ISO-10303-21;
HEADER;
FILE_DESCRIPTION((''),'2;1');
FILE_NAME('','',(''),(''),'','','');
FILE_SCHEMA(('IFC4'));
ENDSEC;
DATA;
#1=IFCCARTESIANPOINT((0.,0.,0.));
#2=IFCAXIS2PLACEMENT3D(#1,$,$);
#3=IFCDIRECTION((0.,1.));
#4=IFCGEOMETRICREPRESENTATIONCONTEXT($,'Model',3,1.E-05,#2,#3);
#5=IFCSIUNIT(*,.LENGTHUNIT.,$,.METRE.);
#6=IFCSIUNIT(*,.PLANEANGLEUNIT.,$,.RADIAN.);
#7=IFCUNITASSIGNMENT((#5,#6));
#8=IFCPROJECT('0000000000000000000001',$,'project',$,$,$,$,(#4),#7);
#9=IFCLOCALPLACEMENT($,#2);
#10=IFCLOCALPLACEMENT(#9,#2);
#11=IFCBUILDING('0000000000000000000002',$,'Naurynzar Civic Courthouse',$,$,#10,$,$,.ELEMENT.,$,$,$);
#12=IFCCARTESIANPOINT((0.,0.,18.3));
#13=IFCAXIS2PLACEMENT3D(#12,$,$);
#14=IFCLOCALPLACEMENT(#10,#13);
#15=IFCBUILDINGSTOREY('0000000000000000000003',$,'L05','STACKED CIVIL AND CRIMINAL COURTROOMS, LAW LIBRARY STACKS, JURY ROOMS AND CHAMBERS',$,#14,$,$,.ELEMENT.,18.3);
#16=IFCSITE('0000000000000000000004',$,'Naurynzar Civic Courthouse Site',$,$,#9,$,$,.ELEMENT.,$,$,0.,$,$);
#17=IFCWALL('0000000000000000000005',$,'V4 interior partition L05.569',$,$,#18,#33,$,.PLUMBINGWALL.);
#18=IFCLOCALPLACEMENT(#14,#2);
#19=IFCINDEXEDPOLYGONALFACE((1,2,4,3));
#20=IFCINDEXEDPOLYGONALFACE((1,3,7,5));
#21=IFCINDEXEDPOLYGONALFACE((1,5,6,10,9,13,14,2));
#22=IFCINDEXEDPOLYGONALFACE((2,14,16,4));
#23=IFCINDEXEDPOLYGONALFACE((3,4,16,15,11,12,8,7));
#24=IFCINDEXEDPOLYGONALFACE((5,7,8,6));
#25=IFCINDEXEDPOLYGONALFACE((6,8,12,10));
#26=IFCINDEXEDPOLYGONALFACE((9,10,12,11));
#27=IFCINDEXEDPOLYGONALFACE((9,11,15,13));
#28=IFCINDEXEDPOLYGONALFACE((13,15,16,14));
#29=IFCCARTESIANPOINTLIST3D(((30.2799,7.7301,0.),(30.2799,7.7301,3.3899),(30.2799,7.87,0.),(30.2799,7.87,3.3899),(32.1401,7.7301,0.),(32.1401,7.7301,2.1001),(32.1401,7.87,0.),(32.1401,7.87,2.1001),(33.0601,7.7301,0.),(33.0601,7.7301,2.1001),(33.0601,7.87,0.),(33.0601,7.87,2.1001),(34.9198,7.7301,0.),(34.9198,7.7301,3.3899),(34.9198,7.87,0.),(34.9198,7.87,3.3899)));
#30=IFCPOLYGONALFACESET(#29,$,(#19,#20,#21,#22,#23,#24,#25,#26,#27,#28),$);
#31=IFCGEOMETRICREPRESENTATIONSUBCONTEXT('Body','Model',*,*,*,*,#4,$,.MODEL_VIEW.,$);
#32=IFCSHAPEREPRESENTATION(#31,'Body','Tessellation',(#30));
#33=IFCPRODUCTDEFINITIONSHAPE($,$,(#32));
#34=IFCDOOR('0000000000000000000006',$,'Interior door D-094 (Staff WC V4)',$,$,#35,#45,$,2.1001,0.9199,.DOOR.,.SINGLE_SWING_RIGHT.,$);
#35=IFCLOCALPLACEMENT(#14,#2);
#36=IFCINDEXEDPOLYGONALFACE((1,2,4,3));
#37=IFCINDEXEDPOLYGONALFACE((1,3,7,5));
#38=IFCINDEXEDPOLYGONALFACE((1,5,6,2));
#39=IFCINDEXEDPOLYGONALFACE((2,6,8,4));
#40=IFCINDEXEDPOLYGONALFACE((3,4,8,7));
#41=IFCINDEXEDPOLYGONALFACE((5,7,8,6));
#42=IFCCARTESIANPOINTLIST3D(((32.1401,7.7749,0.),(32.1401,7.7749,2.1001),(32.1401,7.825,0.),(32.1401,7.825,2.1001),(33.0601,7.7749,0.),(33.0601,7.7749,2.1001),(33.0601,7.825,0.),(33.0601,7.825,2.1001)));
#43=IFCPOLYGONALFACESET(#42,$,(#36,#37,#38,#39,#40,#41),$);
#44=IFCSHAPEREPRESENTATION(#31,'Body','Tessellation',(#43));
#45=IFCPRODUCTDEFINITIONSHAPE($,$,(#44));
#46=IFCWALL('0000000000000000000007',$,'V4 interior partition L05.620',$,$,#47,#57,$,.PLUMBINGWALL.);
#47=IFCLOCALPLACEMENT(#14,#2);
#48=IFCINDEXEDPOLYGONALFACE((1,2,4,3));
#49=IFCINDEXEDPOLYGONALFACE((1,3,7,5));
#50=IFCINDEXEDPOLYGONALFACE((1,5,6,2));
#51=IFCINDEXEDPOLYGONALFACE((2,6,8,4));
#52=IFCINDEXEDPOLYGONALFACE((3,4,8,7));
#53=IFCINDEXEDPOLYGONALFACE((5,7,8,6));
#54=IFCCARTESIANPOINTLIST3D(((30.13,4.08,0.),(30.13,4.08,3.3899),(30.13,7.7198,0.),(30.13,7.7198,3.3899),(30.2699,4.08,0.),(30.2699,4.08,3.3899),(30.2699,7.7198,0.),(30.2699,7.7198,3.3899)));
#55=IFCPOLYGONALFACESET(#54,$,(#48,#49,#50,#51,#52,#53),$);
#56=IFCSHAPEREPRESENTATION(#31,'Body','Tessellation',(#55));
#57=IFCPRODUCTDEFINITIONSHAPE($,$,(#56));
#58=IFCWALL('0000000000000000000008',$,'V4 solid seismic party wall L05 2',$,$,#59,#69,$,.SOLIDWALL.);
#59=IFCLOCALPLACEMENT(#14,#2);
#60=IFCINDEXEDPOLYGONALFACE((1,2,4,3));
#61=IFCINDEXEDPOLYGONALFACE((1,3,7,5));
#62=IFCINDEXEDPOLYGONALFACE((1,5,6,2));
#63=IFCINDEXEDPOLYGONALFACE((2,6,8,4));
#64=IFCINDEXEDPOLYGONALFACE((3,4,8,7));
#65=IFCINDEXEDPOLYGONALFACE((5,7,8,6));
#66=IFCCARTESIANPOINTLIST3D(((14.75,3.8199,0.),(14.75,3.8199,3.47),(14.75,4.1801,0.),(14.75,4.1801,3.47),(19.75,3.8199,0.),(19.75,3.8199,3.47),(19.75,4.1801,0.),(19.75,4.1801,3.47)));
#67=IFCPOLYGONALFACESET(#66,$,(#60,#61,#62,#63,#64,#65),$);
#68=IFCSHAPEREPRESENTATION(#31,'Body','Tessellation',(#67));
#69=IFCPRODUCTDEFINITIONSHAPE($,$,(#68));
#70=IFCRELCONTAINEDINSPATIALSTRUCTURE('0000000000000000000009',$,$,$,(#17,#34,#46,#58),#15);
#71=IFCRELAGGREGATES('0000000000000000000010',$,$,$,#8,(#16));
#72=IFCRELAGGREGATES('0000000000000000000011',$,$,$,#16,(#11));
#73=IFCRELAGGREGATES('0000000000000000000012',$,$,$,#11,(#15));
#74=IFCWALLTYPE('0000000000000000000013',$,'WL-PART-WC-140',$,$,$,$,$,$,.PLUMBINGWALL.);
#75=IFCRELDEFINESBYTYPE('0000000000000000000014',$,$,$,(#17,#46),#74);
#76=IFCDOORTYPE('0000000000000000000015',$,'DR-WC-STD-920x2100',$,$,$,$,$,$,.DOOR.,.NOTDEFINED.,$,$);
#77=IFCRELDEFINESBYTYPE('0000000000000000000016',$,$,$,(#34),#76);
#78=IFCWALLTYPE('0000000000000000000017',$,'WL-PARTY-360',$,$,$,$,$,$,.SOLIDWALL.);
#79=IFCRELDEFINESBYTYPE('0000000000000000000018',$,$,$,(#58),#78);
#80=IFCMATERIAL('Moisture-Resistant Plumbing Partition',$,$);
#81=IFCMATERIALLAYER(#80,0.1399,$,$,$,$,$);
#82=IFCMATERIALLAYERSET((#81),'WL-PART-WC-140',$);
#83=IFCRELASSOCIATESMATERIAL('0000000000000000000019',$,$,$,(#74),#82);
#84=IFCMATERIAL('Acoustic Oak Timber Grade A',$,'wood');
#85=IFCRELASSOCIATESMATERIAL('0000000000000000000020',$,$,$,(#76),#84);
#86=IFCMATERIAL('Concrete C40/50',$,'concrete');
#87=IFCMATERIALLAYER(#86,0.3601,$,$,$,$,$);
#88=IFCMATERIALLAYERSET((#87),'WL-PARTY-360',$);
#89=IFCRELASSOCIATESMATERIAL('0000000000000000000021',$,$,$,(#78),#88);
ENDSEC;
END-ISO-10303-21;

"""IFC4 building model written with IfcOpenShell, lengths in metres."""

from ifc_helpers import new_model, si_unit, direction, frame, frame_2d, origin, place, context, subcontext, project, spatial, rectangle, extrude, material, layer, layer_set, type_object, element, fill, save


model = new_model("IFC4")

# Units and contexts
model_context = context("Model", 3, precision=1e-05, world=origin(), true_north=direction((0.0, 1.0)))
body_context = subcontext(model_context, "Body", "Model", "MODEL_VIEW")
ifc_project = project(units=[si_unit("LENGTHUNIT", "METRE"), si_unit("PLANEANGLEUNIT", "RADIAN")], contexts=[model_context])

# Site, building, storey
site_placement = place(None, origin())
site = spatial("IfcSite", under=ifc_project, at=site_placement, Name="Naurynzar Civic Courthouse Site", CompositionType="ELEMENT", RefElevation=0.0)
building_placement = place(site_placement, origin())
building = spatial("IfcBuilding", under=site, at=building_placement, Name="Naurynzar Civic Courthouse", CompositionType="ELEMENT")
storey_placement = place(building_placement, frame((0.0, 0.0, 18.3)))
storey = spatial("IfcBuildingStorey", under=building, at=storey_placement, Name="L05", Description="STACKED CIVIL AND CRIMINAL COURTROOMS, LAW LIBRARY STACKS, JURY ROOMS AND CHAMBERS", CompositionType="ELEMENT", Elevation=18.3)

# Wall, opening, door
ifc_material_1 = material(Name="Moisture-Resistant Plumbing Partition")
ifc_layer_1 = layer(ifc_material_1, 0.1399)
ifc_layer_set_1 = layer_set([ifc_layer_1], Name="WL-PART-WC-140")
wall_type_1 = type_object("IfcWallType", Name="WL-PART-WC-140", PredefinedType="PLUMBINGWALL", material=ifc_layer_set_1)
wall_1_placement = place(storey_placement, frame((30.28, 7.8, 0.0), z_axis=(0.0, 0.0, 1.0), x_axis=(1.0, 0.0, 0.0)))
wall_1 = element("IfcWall", 1, at=wall_1_placement, inside=storey, type_object=wall_type_1, Name="V4 interior partition L05.569", PredefinedType="PLUMBINGWALL", context=body_context, shape_type="SweptSolid", body=[
    extrude(rectangle(XDim=4.6399, YDim=0.1399, at=frame_2d((2.3198, 0.0))), origin(), (0.0, 0.0, 1.0), 3.3899),
])
opening_1_placement = place(wall_1_placement, frame((1.8601, 0.0, 0.0)))
opening_1 = element("IfcOpeningElement", 2, at=opening_1_placement, cuts=wall_1, PredefinedType="OPENING", context=body_context, shape_type="SweptSolid", body=[
    extrude(rectangle(XDim=0.9199, YDim=2.1001, at=frame_2d((0.46, 1.05))), frame((0.0, 0.0798, 0.0), z_axis=(0.0, -1.0, 0.0), x_axis=(1.0, 0.0, 0.0)), (0.0, 0.0, 1.0), 0.1599),
])
ifc_material_2 = material(Name="Acoustic Oak Timber Grade A", Category="wood")
door_type_1 = type_object("IfcDoorType", Name="DR-WC-STD-920x2100", OperationType="NOTDEFINED", PredefinedType="DOOR", material=ifc_material_2)
door_1_placement = place(opening_1_placement, origin())
door_1 = element("IfcDoor", 3, at=door_1_placement, inside=storey, type_object=door_type_1, Name="Interior door D-094 (Staff WC V4)", OperationType="SINGLE_SWING_RIGHT", OverallHeight=2.1001, OverallWidth=0.9199, PredefinedType="DOOR", context=body_context, shape_type="SweptSolid", body=[
    extrude(rectangle(XDim=0.9199, YDim=2.1001, at=frame_2d((0.46, 1.05))), frame((0.0, 0.0249, 0.0), z_axis=(0.0, -1.0, 0.0), x_axis=(1.0, 0.0, 0.0)), (0.0, 0.0, 1.0), 0.05),
])
fill(opening_1, door_1)

# Walls
wall_2_placement = place(storey_placement, frame((30.2, 4.0801, 0.0), z_axis=(0.0, 0.0, 1.0), x_axis=(0.0, 1.0, 0.0)))
element("IfcWall", 4, at=wall_2_placement, inside=storey, type_object=wall_type_1, Name="V4 interior partition L05.620", PredefinedType="PLUMBINGWALL", context=body_context, shape_type="SweptSolid", body=[
    extrude(rectangle(XDim=3.6399, YDim=0.1399, at=frame_2d((1.8198, 0.0))), origin(), (0.0, 0.0, 1.0), 3.3899),
])
ifc_material_3 = material(Name="Concrete C40/50", Category="concrete")
ifc_layer_2 = layer(ifc_material_3, 0.3601)
ifc_layer_set_2 = layer_set([ifc_layer_2], Name="WL-PARTY-360")
wall_type_2 = type_object("IfcWallType", Name="WL-PARTY-360", PredefinedType="SOLIDWALL", material=ifc_layer_set_2)
wall_3_placement = place(storey_placement, frame((19.75, 4.0, 0.0), z_axis=(0.0, 0.0, 1.0), x_axis=(-1.0, 0.0, 0.0)))
element("IfcWall", 5, at=wall_3_placement, inside=storey, type_object=wall_type_2, Name="V4 solid seismic party wall L05 2", PredefinedType="SOLIDWALL", context=body_context, shape_type="SweptSolid", body=[
    extrude(rectangle(XDim=5.0, YDim=0.3601, at=frame_2d((2.5, 0.0))), origin(), (0.0, 0.0, 1.0), 3.47),
])

save(model, "model.ifc")
